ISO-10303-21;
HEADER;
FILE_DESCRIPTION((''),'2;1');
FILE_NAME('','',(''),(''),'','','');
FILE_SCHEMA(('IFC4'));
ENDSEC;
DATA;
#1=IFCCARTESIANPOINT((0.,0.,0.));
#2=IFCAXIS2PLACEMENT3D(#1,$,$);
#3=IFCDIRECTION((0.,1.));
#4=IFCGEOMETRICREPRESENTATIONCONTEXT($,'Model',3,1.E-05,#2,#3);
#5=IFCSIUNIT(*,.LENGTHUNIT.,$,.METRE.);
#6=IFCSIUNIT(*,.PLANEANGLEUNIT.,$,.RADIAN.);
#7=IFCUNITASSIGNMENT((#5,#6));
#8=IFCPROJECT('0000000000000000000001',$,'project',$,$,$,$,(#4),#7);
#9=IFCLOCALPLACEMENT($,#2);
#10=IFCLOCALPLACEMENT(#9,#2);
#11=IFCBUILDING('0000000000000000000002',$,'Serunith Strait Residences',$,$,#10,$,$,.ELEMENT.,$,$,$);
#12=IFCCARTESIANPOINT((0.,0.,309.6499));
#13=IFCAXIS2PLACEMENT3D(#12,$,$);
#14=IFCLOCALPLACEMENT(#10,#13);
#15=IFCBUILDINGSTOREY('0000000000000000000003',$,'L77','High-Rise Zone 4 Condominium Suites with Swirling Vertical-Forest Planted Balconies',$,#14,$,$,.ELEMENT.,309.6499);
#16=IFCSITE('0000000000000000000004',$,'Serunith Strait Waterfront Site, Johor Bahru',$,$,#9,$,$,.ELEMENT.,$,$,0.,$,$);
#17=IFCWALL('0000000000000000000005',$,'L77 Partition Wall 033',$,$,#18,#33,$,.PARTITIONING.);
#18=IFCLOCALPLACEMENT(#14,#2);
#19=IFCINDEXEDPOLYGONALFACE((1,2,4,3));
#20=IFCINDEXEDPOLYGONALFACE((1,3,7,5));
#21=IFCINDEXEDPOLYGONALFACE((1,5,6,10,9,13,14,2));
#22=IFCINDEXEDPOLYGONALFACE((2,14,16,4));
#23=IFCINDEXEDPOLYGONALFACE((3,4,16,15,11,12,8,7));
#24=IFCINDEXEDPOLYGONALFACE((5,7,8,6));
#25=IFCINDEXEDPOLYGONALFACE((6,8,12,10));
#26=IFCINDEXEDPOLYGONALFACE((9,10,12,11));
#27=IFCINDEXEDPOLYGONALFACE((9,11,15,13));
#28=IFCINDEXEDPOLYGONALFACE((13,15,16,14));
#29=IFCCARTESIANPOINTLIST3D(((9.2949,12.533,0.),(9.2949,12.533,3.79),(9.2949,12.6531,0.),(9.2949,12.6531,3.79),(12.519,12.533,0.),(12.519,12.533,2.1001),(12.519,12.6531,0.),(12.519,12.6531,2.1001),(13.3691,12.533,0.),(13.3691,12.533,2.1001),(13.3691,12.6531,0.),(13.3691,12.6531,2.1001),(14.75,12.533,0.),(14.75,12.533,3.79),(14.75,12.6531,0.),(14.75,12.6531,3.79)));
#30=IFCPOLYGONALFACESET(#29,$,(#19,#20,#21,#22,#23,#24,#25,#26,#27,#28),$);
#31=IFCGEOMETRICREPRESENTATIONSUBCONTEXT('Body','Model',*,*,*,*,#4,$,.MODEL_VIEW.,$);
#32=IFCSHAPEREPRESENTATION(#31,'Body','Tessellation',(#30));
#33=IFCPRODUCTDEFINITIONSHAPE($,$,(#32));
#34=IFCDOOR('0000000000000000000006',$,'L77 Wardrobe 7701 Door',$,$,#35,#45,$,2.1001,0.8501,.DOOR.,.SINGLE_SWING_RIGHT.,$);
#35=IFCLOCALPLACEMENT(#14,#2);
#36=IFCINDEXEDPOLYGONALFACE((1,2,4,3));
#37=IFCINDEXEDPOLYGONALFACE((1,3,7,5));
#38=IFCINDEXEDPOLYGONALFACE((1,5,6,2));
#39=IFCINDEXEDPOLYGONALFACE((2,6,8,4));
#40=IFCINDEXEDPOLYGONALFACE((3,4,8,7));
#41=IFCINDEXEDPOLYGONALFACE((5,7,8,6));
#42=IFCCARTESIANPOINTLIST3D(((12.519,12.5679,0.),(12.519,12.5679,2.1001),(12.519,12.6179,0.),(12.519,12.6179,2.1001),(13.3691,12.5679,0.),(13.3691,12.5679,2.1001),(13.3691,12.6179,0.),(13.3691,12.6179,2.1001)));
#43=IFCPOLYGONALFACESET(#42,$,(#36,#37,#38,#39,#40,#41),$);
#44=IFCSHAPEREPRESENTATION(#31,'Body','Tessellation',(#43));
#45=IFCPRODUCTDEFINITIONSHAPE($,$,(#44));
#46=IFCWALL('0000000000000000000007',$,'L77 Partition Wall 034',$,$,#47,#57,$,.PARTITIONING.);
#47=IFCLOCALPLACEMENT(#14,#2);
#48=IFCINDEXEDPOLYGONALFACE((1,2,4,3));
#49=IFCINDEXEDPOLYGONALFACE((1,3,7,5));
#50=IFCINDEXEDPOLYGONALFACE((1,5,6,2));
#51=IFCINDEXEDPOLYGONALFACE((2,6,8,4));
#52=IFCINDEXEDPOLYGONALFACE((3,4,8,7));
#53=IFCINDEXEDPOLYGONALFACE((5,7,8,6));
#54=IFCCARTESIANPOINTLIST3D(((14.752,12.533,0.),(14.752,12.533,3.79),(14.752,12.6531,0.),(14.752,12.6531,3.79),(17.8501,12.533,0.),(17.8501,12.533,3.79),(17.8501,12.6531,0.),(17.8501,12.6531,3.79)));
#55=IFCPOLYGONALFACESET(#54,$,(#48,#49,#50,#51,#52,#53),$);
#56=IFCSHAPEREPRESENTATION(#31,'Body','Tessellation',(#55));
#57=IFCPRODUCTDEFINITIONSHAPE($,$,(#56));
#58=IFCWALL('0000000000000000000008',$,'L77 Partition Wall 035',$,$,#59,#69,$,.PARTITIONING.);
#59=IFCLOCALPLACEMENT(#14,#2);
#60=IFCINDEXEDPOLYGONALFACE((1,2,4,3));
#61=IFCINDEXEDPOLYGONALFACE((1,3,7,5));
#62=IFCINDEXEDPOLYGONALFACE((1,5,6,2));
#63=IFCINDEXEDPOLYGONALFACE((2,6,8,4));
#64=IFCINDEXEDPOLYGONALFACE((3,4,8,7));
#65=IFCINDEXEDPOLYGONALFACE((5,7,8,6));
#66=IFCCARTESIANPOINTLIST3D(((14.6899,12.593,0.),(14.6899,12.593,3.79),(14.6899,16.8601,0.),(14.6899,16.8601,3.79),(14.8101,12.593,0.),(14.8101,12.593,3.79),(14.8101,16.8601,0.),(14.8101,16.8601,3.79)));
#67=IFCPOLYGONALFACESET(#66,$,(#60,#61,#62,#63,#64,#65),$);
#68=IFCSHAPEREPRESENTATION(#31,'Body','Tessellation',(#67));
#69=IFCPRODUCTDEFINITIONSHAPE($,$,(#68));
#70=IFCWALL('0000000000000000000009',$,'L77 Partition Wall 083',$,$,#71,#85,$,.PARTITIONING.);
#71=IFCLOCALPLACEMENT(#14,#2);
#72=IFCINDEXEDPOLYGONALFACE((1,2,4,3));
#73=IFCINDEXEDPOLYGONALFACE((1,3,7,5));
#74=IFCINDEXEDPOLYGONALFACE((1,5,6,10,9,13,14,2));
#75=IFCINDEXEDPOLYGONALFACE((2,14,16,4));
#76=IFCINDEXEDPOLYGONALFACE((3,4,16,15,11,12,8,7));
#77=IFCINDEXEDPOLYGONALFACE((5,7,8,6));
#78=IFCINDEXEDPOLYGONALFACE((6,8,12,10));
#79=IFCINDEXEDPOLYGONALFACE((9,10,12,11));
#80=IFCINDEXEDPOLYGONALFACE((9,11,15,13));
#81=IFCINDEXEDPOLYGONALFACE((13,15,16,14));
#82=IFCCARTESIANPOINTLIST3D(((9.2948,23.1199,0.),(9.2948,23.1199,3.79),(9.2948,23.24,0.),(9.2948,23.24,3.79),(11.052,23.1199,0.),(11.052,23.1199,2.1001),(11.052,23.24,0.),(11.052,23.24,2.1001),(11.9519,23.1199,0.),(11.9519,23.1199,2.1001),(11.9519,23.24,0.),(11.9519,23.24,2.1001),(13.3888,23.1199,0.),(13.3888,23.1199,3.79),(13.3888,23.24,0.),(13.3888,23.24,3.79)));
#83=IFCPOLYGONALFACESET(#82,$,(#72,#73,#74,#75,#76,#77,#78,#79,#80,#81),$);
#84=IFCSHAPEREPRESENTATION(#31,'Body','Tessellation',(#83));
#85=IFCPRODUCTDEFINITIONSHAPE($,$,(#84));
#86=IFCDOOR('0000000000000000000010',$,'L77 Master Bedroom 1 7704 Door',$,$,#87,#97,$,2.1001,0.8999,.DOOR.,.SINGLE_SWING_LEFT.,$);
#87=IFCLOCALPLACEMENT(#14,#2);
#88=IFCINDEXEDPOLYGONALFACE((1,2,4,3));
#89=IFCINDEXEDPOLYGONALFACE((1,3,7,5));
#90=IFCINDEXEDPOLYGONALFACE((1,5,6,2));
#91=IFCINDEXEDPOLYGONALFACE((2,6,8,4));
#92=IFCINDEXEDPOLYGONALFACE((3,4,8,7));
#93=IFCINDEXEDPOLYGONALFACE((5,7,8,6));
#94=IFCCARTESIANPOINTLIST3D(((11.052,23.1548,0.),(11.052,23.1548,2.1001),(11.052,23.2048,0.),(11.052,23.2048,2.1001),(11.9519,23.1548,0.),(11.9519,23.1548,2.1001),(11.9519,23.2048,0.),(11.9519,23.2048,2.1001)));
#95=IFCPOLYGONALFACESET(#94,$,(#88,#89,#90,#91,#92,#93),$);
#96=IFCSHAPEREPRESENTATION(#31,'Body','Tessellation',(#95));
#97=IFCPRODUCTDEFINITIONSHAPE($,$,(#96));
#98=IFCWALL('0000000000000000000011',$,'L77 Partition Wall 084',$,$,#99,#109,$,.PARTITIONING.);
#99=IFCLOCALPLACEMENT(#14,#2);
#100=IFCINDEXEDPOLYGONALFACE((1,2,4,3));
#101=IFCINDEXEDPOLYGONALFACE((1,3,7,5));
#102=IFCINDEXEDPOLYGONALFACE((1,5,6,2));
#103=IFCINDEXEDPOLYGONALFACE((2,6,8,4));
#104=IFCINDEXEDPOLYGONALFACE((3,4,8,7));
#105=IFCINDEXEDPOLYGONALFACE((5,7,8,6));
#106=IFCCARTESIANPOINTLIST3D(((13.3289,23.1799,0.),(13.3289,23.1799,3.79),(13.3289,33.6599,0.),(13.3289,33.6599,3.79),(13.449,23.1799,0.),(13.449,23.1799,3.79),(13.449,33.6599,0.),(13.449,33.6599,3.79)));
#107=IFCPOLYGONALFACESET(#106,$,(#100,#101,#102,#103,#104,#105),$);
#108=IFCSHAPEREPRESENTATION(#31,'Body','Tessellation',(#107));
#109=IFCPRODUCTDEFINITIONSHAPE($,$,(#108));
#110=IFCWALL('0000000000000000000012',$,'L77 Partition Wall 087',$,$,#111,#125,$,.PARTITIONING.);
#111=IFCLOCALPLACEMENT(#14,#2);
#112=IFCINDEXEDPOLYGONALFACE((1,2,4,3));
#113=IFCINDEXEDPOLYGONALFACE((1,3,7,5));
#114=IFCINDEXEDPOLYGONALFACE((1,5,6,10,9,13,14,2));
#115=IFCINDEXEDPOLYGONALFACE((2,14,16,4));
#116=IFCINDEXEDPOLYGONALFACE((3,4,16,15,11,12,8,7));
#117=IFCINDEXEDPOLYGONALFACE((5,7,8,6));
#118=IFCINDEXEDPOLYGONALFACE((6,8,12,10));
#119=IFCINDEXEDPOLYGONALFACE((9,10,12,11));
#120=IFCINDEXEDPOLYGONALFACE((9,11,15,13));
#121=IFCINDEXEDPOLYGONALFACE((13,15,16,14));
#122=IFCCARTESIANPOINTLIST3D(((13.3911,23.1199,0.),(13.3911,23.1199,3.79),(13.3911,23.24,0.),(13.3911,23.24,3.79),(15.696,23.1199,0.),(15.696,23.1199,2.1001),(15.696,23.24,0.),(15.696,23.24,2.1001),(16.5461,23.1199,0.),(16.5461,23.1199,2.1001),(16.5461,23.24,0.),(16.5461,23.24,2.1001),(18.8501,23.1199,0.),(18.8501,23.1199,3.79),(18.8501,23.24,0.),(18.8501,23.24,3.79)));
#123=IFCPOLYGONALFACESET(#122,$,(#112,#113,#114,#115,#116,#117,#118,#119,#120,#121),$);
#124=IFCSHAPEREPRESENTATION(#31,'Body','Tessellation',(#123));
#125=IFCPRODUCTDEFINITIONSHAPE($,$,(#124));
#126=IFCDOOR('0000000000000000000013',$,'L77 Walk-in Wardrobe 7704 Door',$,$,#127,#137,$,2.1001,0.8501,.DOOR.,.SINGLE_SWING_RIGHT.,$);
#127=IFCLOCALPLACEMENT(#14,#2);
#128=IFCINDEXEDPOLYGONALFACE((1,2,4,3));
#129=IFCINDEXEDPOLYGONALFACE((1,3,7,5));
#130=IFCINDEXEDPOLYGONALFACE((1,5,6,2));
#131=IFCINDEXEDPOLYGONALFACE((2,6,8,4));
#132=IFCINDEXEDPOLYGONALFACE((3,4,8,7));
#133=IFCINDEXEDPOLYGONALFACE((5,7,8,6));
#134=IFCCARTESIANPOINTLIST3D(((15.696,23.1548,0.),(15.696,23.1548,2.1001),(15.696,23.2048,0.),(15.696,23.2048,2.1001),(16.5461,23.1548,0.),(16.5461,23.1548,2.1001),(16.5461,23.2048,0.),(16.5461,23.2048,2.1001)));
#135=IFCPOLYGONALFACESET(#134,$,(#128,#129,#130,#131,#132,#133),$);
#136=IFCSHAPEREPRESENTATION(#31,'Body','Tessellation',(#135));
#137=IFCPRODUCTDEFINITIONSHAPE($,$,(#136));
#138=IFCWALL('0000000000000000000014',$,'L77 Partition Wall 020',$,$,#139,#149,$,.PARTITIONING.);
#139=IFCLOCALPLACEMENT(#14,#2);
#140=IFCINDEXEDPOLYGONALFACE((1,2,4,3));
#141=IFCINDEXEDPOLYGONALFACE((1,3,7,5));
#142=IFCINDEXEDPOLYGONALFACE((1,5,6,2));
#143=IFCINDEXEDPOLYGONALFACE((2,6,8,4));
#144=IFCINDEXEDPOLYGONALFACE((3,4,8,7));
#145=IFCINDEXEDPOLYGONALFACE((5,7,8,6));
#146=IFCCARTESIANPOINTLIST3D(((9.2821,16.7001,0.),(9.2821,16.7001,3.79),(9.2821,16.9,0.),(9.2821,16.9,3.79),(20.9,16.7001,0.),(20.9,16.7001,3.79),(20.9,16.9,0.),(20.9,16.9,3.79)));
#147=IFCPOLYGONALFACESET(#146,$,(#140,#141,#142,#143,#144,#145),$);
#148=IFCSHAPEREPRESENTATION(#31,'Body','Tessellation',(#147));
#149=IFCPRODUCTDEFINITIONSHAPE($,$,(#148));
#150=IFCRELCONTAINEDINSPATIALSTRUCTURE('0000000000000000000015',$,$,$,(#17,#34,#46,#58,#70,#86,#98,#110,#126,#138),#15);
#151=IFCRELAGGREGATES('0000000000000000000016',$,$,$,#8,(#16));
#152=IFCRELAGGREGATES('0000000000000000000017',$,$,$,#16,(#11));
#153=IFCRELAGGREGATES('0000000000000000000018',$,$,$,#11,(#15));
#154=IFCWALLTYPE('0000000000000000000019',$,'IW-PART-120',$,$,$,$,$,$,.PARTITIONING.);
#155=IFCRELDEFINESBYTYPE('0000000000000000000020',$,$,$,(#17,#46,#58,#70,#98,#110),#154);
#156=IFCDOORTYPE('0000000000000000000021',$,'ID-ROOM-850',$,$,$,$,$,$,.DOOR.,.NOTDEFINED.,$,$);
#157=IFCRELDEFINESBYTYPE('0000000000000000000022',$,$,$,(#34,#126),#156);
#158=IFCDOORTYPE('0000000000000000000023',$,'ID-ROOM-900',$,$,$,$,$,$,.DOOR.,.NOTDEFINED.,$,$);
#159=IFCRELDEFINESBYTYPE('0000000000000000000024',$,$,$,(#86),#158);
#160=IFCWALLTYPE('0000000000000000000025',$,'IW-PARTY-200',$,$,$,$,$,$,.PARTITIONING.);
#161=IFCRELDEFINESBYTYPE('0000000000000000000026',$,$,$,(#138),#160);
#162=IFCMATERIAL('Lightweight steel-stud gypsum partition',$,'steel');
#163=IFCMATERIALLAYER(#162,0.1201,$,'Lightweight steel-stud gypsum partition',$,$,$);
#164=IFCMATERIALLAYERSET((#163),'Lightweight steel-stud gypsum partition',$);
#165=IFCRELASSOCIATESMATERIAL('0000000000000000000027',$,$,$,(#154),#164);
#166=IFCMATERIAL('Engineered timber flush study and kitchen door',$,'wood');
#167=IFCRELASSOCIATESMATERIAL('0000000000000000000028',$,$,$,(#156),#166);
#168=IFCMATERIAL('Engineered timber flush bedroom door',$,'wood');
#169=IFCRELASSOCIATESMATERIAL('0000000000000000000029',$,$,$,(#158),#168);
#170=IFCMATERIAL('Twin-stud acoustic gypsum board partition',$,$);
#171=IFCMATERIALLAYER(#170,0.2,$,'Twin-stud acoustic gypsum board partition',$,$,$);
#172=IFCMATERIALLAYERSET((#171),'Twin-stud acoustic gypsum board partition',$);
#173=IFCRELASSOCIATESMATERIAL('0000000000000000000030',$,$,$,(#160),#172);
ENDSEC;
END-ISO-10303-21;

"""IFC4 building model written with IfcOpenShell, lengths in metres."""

from ifc_helpers import new_model, si_unit, direction, frame, frame_2d, origin, place, context, subcontext, project, spatial, rectangle, extrude, source, transform, mapped, material, layer, layer_set, type_object, element, fill, save


model = new_model("IFC4")

# Units and contexts
model_context = context("Model", 3, precision=1e-05, world=origin(), true_north=direction((0.0, 1.0)))
body_context = subcontext(model_context, "Body", "Model", "MODEL_VIEW")
ifc_project = project(units=[si_unit("LENGTHUNIT", "METRE"), si_unit("PLANEANGLEUNIT", "RADIAN")], contexts=[model_context])

# Site, building, storey
site_placement = place(None, origin())
site = spatial("IfcSite", under=ifc_project, at=site_placement, Name="Serunith Strait Waterfront Site, Johor Bahru", CompositionType="ELEMENT", RefElevation=0.0)
building_placement = place(site_placement, origin())
building = spatial("IfcBuilding", under=site, at=building_placement, Name="Serunith Strait Residences", CompositionType="ELEMENT")
storey_placement = place(building_placement, frame((0.0, 0.0, 309.6499)))
storey = spatial("IfcBuildingStorey", under=building, at=storey_placement, Name="L77", Description="High-Rise Zone 4 Condominium Suites with Swirling Vertical-Forest Planted Balconies", CompositionType="ELEMENT", Elevation=309.6499)

# Wall, opening, door
ifc_material_1 = material(Name="Lightweight steel-stud gypsum partition", Category="steel")
ifc_layer_1 = layer(ifc_material_1, 0.1201, Name="Lightweight steel-stud gypsum partition")
ifc_layer_set_1 = layer_set([ifc_layer_1], Name="Lightweight steel-stud gypsum partition")
wall_type_1 = type_object("IfcWallType", Name="IW-PART-120", PredefinedType="PARTITIONING", material=ifc_layer_set_1)
wall_1_placement = place(storey_placement, frame((9.2949, 12.593, 0.0), z_axis=(0.0, 0.0, 1.0), x_axis=(1.0, 0.0, 0.0)))
wall_1 = element("IfcWall", 1, at=wall_1_placement, inside=storey, type_object=wall_type_1, Name="L77 Partition Wall 033", PredefinedType="PARTITIONING", context=body_context, shape_type="SweptSolid", body=[
    extrude(rectangle(XDim=5.4551, YDim=0.1201, at=frame_2d((2.7275, 0.0))), origin(), (0.0, 0.0, 1.0), 3.79),
])
opening_1_placement = place(wall_1_placement, frame((3.2241, 0.0, 0.0)))
opening_1 = element("IfcOpeningElement", 2, at=opening_1_placement, cuts=wall_1, PredefinedType="OPENING", context=body_context, shape_type="SweptSolid", body=[
    extrude(rectangle(XDim=0.8501, YDim=2.1001, at=frame_2d((0.425, 1.05))), frame((0.0, 0.0701, 0.0), z_axis=(0.0, -1.0, 0.0), x_axis=(1.0, 0.0, 0.0)), (0.0, 0.0, 1.0), 0.1401),
])
ifc_material_2 = material(Name="Engineered timber flush study and kitchen door", Category="wood")
door_type_1 = type_object("IfcDoorType", Name="ID-ROOM-850", OperationType="NOTDEFINED", PredefinedType="DOOR", material=ifc_material_2)
shared_shape_1 = source(origin(), body_context, "Body", "SweptSolid", [
    extrude(rectangle(XDim=0.8501, YDim=2.1001, at=frame_2d((0.425, 1.05))), frame((0.0, 0.0249, 0.0), z_axis=(0.0, -1.0, 0.0), x_axis=(1.0, 0.0, 0.0)), (0.0, 0.0, 1.0), 0.05),
])
door_1_placement = place(opening_1_placement, origin())
door_1 = element("IfcDoor", 3, at=door_1_placement, inside=storey, type_object=door_type_1, Name="L77 Wardrobe 7701 Door", OperationType="SINGLE_SWING_RIGHT", OverallHeight=2.1001, OverallWidth=0.8501, PredefinedType="DOOR", context=body_context, shape_type="MappedRepresentation", body=[
    mapped(shared_shape_1, transform((0.0, 0.0, 0.0), scale=1.0)),
])
fill(opening_1, door_1)

# Walls
wall_2_placement = place(storey_placement, frame((14.752, 12.593, 0.0), z_axis=(0.0, 0.0, 1.0), x_axis=(1.0, 0.0, 0.0)))
element("IfcWall", 4, at=wall_2_placement, inside=storey, type_object=wall_type_1, Name="L77 Partition Wall 034", PredefinedType="PARTITIONING", context=body_context, shape_type="SweptSolid", body=[
    extrude(rectangle(XDim=3.0981, YDim=0.1201, at=frame_2d((1.5491, 0.0))), origin(), (0.0, 0.0, 1.0), 3.79),
])
wall_3_placement = place(storey_placement, frame((14.75, 12.593, 0.0), z_axis=(0.0, 0.0, 1.0), x_axis=(0.0, 1.0, 0.0)))
element("IfcWall", 5, at=wall_3_placement, inside=storey, type_object=wall_type_1, Name="L77 Partition Wall 035", PredefinedType="PARTITIONING", context=body_context, shape_type="SweptSolid", body=[
    extrude(rectangle(XDim=4.2671, YDim=0.1201, at=frame_2d((2.1335, 0.0))), origin(), (0.0, 0.0, 1.0), 3.79),
])

# Wall, opening, door
wall_4_placement = place(storey_placement, frame((9.2949, 23.1799, 0.0), z_axis=(0.0, 0.0, 1.0), x_axis=(1.0, 0.0, 0.0)))
wall_4 = element("IfcWall", 6, at=wall_4_placement, inside=storey, type_object=wall_type_1, Name="L77 Partition Wall 083", PredefinedType="PARTITIONING", context=body_context, shape_type="SweptSolid", body=[
    extrude(rectangle(XDim=4.094, YDim=0.1201, at=frame_2d((2.0469, 0.0))), origin(), (0.0, 0.0, 1.0), 3.79),
])
opening_2_placement = place(wall_4_placement, frame((1.7571, 0.0, 0.0)))
opening_2 = element("IfcOpeningElement", 7, at=opening_2_placement, cuts=wall_4, PredefinedType="OPENING", context=body_context, shape_type="SweptSolid", body=[
    extrude(rectangle(XDim=0.8999, YDim=2.1001, at=frame_2d((0.45, 1.05))), frame((0.0, 0.0701, 0.0), z_axis=(0.0, -1.0, 0.0), x_axis=(1.0, 0.0, 0.0)), (0.0, 0.0, 1.0), 0.1401),
])
ifc_material_3 = material(Name="Engineered timber flush bedroom door", Category="wood")
door_type_2 = type_object("IfcDoorType", Name="ID-ROOM-900", OperationType="NOTDEFINED", PredefinedType="DOOR", material=ifc_material_3)
shared_shape_2 = source(origin(), body_context, "Body", "SweptSolid", [
    extrude(rectangle(XDim=0.8999, YDim=2.1001, at=frame_2d((0.45, 1.05))), frame((0.0, 0.0249, 0.0), z_axis=(0.0, -1.0, 0.0), x_axis=(1.0, 0.0, 0.0)), (0.0, 0.0, 1.0), 0.05),
])
door_2_placement = place(opening_2_placement, origin())
door_2 = element("IfcDoor", 8, at=door_2_placement, inside=storey, type_object=door_type_2, Name="L77 Master Bedroom 1 7704 Door", OperationType="SINGLE_SWING_LEFT", OverallHeight=2.1001, OverallWidth=0.8999, PredefinedType="DOOR", context=body_context, shape_type="MappedRepresentation", body=[
    mapped(shared_shape_2, transform((0.0, 0.0, 0.0), scale=1.0)),
])
fill(opening_2, door_2)

# Wall
wall_5_placement = place(storey_placement, frame((13.3889, 23.1799, 0.0), z_axis=(0.0, 0.0, 1.0), x_axis=(0.0, 1.0, 0.0)))
element("IfcWall", 9, at=wall_5_placement, inside=storey, type_object=wall_type_1, Name="L77 Partition Wall 084", PredefinedType="PARTITIONING", context=body_context, shape_type="SweptSolid", body=[
    extrude(rectangle(XDim=10.48, YDim=0.1201, at=frame_2d((5.24, 0.0))), origin(), (0.0, 0.0, 1.0), 3.79),
])

# Wall, opening, door
wall_6_placement = place(storey_placement, frame((13.3911, 23.1799, 0.0), z_axis=(0.0, 0.0, 1.0), x_axis=(1.0, 0.0, 0.0)))
wall_6 = element("IfcWall", 10, at=wall_6_placement, inside=storey, type_object=wall_type_1, Name="L77 Partition Wall 087", PredefinedType="PARTITIONING", context=body_context, shape_type="SweptSolid", body=[
    extrude(rectangle(XDim=5.459, YDim=0.1201, at=frame_2d((2.7295, 0.0))), origin(), (0.0, 0.0, 1.0), 3.79),
])
opening_3_placement = place(wall_6_placement, frame((2.3049, 0.0, 0.0)))
opening_3 = element("IfcOpeningElement", 11, at=opening_3_placement, cuts=wall_6, PredefinedType="OPENING", context=body_context, shape_type="SweptSolid", body=[
    extrude(rectangle(XDim=0.8501, YDim=2.1001, at=frame_2d((0.425, 1.05))), frame((0.0, 0.0701, 0.0), z_axis=(0.0, -1.0, 0.0), x_axis=(1.0, 0.0, 0.0)), (0.0, 0.0, 1.0), 0.1401),
])
door_3_placement = place(opening_3_placement, origin())
door_3 = element("IfcDoor", 12, at=door_3_placement, inside=storey, type_object=door_type_1, Name="L77 Walk-in Wardrobe 7704 Door", OperationType="SINGLE_SWING_RIGHT", OverallHeight=2.1001, OverallWidth=0.8501, PredefinedType="DOOR", context=body_context, shape_type="MappedRepresentation", body=[
    mapped(shared_shape_1, transform((0.0, 0.0, 0.0), scale=1.0)),
])
fill(opening_3, door_3)

# Wall
ifc_material_4 = material(Name="Twin-stud acoustic gypsum board partition")
ifc_layer_2 = layer(ifc_material_4, 0.2, Name="Twin-stud acoustic gypsum board partition")
ifc_layer_set_2 = layer_set([ifc_layer_2], Name="Twin-stud acoustic gypsum board partition")
wall_type_2 = type_object("IfcWallType", Name="IW-PARTY-200", PredefinedType="PARTITIONING", material=ifc_layer_set_2)
wall_7_placement = place(storey_placement, frame((9.282, 16.8, 0.0), z_axis=(0.0, 0.0, 1.0), x_axis=(1.0, 0.0, 0.0)))
element("IfcWall", 13, at=wall_7_placement, inside=storey, type_object=wall_type_2, Name="L77 Partition Wall 020", PredefinedType="PARTITIONING", context=body_context, shape_type="SweptSolid", body=[
    extrude(rectangle(XDim=11.6179, YDim=0.2, at=frame_2d((5.8091, 0.0))), origin(), (0.0, 0.0, 1.0), 3.79),
])

save(model, "model.ifc")
